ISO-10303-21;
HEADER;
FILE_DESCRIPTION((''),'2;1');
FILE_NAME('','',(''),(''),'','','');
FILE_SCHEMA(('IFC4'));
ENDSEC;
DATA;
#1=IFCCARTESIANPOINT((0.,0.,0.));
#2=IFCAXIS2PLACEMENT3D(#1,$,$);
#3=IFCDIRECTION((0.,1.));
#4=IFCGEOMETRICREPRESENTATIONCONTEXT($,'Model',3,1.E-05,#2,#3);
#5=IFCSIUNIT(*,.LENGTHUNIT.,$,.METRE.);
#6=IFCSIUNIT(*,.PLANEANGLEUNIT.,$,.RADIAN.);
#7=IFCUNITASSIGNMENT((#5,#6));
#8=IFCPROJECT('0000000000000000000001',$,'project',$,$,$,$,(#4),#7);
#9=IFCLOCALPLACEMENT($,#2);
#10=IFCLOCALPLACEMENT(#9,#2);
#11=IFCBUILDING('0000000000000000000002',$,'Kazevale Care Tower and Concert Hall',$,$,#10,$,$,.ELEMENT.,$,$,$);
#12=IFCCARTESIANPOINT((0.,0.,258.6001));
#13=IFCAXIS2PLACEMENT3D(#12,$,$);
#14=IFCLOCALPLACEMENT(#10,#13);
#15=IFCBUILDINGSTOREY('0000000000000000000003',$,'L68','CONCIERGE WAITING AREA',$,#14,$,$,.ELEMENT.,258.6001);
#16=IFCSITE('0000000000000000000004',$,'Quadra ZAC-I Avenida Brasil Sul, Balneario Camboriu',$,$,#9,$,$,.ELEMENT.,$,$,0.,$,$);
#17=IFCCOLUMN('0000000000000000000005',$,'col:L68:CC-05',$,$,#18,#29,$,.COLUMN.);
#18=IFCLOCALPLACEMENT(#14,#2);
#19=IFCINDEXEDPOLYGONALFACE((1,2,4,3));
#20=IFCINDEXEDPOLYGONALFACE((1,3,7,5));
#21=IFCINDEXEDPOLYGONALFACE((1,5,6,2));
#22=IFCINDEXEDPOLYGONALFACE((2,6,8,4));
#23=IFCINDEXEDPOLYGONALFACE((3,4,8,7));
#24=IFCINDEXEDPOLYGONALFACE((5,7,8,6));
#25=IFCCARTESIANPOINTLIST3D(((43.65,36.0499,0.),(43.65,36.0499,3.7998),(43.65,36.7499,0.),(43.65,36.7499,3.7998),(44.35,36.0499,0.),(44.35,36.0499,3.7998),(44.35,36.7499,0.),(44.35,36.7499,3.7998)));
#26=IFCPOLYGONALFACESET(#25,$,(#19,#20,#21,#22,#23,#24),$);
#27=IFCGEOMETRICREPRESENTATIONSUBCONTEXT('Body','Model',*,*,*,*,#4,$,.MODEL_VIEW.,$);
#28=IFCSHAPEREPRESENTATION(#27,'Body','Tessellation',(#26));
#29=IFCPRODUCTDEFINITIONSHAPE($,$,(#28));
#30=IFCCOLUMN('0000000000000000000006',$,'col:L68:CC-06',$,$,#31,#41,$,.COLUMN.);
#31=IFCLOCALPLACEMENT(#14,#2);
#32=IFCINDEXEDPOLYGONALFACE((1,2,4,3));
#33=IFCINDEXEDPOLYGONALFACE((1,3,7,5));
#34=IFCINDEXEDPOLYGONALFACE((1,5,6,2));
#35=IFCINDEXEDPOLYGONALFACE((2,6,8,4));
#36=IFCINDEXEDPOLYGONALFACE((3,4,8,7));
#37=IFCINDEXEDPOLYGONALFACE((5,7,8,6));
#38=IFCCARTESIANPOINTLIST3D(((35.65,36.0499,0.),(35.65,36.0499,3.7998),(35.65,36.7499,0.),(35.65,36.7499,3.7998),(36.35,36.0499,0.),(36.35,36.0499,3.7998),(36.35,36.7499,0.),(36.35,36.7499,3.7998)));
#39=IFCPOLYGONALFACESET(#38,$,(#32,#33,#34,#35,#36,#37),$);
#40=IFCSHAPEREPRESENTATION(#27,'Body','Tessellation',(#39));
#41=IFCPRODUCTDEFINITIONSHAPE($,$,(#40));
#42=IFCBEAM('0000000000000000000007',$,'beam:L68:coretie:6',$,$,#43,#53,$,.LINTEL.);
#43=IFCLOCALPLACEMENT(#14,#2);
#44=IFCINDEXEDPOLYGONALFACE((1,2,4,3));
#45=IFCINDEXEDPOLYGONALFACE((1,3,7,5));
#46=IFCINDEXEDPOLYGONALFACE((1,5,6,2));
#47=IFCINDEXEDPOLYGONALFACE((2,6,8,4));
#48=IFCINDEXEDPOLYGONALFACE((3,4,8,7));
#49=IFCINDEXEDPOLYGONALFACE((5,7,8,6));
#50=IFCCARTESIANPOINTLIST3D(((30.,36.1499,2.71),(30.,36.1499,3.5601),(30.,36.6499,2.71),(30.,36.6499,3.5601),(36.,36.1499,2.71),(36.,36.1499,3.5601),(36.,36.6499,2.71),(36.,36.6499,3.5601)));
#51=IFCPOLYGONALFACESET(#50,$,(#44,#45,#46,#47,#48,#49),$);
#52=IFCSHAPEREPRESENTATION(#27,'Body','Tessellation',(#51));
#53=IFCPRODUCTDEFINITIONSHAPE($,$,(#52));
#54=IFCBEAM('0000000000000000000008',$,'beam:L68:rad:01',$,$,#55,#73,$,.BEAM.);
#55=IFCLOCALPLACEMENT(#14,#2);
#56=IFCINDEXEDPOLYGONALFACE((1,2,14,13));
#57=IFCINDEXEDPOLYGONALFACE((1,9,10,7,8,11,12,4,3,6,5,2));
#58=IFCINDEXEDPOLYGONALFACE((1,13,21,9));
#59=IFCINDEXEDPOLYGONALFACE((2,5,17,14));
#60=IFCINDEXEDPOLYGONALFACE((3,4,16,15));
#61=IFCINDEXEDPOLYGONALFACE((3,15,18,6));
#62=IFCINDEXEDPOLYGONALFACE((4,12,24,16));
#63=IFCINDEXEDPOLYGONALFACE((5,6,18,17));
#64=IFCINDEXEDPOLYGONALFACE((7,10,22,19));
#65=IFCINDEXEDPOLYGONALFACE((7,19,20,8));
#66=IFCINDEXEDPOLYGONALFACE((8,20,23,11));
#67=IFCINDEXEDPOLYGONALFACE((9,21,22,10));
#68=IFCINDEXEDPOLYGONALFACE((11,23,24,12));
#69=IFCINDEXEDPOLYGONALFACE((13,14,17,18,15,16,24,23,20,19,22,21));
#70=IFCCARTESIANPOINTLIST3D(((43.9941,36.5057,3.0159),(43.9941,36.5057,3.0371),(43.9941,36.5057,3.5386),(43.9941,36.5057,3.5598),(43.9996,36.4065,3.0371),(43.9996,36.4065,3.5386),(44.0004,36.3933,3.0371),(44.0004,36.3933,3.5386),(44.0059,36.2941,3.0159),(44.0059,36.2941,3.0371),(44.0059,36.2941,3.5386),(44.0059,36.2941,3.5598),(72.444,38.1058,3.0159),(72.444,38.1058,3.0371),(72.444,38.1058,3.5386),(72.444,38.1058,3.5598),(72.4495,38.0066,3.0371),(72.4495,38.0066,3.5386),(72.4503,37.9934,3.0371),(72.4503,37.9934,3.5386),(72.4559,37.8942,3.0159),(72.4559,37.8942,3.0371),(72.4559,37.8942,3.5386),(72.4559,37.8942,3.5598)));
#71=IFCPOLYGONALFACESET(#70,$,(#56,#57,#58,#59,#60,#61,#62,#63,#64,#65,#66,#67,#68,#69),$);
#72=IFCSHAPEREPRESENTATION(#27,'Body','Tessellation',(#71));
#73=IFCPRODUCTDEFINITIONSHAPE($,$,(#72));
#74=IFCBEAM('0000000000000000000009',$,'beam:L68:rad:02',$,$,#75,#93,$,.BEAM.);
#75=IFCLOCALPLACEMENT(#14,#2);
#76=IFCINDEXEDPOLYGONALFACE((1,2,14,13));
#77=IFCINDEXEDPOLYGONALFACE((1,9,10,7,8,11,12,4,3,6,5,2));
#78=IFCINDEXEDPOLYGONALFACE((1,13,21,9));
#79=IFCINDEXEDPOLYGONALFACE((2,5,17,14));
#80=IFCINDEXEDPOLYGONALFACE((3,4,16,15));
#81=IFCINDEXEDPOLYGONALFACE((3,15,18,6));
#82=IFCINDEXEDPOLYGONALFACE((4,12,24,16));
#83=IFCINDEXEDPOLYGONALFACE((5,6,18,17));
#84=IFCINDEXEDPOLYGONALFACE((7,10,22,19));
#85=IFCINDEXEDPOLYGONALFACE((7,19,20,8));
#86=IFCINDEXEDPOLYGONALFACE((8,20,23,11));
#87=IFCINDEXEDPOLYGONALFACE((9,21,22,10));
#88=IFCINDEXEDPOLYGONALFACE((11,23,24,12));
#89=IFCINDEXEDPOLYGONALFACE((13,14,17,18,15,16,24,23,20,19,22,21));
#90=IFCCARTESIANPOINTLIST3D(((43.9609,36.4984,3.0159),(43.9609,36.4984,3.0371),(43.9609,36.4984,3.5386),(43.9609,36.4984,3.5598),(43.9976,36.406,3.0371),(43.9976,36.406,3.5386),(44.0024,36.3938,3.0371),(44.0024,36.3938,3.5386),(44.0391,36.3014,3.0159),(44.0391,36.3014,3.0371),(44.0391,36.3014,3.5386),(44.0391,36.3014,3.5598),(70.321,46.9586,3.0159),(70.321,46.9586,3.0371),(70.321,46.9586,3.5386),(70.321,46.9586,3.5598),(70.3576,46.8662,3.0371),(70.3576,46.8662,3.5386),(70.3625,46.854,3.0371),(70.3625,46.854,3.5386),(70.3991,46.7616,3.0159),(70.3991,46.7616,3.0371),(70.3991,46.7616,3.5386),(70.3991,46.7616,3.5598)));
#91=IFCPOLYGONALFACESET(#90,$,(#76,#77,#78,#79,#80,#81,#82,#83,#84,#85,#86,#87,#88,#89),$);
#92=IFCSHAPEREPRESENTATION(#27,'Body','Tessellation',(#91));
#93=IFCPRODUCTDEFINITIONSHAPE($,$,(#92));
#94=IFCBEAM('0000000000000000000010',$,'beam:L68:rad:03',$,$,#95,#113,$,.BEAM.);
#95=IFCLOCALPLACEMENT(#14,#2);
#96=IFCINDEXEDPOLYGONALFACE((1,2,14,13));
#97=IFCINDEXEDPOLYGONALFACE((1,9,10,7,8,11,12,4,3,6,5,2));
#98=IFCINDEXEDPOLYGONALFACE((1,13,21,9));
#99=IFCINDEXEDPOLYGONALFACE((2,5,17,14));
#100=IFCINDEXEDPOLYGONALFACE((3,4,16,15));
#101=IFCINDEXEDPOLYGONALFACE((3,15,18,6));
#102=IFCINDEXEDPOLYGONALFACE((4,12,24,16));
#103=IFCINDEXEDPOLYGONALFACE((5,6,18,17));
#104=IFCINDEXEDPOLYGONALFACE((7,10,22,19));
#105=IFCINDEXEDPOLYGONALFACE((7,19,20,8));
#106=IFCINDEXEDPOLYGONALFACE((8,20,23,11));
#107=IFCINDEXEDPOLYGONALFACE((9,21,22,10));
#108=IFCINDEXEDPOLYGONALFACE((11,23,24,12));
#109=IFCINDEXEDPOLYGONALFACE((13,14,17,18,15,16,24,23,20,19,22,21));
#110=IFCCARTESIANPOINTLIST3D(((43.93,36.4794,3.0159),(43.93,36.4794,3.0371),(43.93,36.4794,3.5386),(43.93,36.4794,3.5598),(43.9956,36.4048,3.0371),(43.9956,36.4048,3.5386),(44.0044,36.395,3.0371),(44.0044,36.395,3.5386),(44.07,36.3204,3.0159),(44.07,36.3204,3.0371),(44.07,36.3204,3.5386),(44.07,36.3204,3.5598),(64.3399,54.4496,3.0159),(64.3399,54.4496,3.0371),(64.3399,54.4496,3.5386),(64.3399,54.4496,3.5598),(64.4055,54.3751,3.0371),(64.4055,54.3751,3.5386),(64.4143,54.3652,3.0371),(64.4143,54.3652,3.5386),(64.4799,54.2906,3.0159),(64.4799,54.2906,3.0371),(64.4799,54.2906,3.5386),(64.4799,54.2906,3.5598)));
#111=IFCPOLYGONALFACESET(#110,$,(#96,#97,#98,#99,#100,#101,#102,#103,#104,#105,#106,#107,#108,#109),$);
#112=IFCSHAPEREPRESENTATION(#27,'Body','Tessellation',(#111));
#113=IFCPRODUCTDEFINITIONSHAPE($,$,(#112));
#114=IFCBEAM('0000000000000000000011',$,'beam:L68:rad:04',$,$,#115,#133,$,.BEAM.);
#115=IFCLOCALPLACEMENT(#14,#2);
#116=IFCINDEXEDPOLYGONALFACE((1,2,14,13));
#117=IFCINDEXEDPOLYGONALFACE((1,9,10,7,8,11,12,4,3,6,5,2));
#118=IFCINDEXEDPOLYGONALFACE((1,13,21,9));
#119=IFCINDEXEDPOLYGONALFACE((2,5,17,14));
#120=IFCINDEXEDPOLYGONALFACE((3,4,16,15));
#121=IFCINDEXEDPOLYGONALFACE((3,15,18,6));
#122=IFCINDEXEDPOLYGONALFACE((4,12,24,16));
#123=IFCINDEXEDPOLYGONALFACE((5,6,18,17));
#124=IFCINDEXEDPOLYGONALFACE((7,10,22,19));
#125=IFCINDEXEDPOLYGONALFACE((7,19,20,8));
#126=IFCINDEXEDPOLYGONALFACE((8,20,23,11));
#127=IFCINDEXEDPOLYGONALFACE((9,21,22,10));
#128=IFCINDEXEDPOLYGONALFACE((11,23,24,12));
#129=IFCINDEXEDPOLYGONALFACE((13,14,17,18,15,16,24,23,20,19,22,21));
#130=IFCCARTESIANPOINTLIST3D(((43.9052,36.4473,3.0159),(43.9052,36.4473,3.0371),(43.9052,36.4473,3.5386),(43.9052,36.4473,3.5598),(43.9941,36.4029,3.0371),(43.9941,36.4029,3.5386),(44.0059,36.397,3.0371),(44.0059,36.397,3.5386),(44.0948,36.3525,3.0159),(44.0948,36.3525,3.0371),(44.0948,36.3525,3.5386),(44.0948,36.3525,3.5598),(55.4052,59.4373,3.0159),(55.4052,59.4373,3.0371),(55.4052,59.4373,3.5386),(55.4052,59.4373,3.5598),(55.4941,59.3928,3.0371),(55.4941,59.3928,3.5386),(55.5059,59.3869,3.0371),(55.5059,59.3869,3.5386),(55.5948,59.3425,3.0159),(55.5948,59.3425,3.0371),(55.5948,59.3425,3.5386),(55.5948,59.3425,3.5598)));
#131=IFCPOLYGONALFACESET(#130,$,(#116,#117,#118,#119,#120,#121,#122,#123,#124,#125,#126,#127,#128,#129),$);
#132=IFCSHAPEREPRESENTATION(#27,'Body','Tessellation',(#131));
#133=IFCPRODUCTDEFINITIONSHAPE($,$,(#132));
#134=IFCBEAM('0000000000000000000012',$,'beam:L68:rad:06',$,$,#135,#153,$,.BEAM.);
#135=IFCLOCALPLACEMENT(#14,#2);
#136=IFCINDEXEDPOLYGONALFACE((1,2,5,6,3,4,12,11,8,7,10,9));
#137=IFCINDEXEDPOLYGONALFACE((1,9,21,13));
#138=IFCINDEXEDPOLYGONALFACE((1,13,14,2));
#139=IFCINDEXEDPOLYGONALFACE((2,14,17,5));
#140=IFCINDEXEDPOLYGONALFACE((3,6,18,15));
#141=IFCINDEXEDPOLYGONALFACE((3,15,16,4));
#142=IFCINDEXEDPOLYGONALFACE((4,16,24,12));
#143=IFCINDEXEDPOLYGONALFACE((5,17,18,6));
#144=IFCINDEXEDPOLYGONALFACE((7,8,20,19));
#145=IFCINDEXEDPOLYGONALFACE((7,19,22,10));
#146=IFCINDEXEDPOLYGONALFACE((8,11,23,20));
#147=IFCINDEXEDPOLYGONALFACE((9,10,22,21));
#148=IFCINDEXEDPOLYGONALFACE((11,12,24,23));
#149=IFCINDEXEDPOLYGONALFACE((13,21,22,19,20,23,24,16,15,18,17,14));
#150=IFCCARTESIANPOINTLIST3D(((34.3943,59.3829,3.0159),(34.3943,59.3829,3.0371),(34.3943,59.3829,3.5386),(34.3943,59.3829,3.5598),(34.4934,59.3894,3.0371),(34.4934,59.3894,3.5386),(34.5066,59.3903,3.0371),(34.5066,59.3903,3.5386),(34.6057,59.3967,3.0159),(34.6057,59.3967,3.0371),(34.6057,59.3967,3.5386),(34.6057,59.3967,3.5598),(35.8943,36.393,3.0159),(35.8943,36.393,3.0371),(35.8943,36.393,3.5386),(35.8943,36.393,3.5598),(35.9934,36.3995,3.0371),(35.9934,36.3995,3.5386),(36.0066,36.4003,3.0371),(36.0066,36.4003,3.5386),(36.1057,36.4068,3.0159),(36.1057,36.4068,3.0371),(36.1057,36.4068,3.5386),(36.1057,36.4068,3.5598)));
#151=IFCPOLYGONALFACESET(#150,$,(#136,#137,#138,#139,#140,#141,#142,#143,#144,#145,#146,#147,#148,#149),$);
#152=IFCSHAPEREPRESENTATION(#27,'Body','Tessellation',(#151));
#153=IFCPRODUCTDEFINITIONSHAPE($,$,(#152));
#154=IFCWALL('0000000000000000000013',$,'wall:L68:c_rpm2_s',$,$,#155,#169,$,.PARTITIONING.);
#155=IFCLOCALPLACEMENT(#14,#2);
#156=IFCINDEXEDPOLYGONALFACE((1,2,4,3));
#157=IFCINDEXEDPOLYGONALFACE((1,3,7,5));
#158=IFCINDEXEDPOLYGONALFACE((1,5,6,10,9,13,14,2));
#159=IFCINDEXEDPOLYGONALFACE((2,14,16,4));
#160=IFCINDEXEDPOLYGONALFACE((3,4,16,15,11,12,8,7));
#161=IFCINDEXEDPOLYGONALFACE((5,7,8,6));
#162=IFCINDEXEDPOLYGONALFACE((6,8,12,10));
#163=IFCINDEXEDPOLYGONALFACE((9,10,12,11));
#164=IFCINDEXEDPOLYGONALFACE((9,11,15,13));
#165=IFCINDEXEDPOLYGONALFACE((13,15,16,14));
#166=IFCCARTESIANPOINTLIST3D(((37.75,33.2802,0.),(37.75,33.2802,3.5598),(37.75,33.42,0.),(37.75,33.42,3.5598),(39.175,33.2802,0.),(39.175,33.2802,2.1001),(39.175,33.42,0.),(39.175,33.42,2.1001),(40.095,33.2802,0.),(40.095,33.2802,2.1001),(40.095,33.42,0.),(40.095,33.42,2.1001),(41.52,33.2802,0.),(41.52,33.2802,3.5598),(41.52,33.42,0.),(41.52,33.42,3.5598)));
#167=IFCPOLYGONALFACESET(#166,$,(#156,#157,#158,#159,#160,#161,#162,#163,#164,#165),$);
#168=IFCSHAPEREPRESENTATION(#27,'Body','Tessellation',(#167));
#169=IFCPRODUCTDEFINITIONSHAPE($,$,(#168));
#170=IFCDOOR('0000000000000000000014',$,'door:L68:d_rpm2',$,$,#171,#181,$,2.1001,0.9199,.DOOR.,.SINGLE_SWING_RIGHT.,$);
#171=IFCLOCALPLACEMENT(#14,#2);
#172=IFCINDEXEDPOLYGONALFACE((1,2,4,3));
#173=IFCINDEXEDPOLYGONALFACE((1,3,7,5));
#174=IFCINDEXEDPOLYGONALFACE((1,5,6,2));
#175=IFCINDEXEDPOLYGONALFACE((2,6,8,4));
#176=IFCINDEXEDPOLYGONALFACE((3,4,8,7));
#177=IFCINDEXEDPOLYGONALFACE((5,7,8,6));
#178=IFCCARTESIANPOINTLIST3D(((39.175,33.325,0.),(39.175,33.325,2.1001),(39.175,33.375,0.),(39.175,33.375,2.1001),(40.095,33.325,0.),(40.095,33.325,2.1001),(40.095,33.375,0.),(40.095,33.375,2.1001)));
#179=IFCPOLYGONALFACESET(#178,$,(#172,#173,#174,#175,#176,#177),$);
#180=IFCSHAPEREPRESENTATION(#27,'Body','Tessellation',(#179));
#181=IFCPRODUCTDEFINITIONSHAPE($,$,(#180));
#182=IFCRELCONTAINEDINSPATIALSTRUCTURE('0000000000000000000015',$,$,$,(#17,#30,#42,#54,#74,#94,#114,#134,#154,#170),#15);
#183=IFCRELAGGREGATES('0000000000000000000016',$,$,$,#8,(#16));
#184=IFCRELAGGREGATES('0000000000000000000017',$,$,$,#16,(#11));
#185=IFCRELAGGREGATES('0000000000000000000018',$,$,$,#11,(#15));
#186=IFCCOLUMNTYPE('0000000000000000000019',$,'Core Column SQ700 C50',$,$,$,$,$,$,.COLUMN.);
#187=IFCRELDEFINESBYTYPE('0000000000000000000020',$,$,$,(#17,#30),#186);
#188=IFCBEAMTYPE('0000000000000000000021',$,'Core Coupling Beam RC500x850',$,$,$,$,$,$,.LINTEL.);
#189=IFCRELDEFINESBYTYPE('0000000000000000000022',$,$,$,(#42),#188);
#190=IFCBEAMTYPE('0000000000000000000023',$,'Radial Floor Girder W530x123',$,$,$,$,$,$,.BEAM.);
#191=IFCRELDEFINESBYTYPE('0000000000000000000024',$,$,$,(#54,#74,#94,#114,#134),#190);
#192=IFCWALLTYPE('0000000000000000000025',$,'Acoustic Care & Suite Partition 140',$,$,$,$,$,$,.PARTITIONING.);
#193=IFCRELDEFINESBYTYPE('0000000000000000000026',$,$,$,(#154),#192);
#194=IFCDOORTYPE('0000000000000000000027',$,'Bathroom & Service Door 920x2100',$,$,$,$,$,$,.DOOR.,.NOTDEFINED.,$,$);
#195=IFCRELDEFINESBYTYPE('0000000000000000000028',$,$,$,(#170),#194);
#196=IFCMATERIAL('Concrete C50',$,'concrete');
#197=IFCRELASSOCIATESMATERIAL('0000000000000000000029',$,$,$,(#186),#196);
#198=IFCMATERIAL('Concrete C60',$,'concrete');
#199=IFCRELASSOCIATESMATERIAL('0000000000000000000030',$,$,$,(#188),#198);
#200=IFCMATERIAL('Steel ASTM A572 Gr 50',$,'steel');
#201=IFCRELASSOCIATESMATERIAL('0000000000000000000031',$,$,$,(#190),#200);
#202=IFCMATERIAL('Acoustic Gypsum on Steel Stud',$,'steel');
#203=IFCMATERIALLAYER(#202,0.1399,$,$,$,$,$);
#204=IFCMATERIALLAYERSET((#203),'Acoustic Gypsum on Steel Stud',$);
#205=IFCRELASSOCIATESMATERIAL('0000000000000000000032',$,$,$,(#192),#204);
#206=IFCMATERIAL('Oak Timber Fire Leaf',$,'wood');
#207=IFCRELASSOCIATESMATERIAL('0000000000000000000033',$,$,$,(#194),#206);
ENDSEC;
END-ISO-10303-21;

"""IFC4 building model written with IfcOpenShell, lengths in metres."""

from ifc_helpers import new_model, si_unit, direction, frame, frame_2d, origin, origin_2d, place, context, subcontext, project, spatial, rectangle, i_section, extrude, material, layer, layer_set, material_profile, profile_set, type_object, element, fill, save


model = new_model("IFC4")

# Units and contexts
model_context = context("Model", 3, precision=1e-05, world=origin(), true_north=direction((0.0, 1.0)))
body_context = subcontext(model_context, "Body", "Model", "MODEL_VIEW")
ifc_project = project(units=[si_unit("LENGTHUNIT", "METRE"), si_unit("PLANEANGLEUNIT", "RADIAN")], contexts=[model_context])

# Site, building, storey
site_placement = place(None, origin())
site = spatial("IfcSite", under=ifc_project, at=site_placement, Name="Quadra ZAC-I Avenida Brasil Sul, Balneario Camboriu", CompositionType="ELEMENT", RefElevation=0.0)
building_placement = place(site_placement, origin())
building = spatial("IfcBuilding", under=site, at=building_placement, Name="Kazevale Care Tower and Concert Hall", CompositionType="ELEMENT")
storey_placement = place(building_placement, frame((0.0, 0.0, 258.6001)))
storey = spatial("IfcBuildingStorey", under=building, at=storey_placement, Name="L68", Description="CONCIERGE WAITING AREA", CompositionType="ELEMENT", Elevation=258.6001)

# Columns
ifc_material_1 = material(Name="Concrete C50", Category="concrete")
ifc_material_profile_1 = material_profile(ifc_material_1, rectangle(XDim=0.7, YDim=0.7, at=origin_2d()), Name="RC-SQ700")
ifc_profile_set_1 = profile_set([ifc_material_profile_1], Name="Concrete C50")
column_type = type_object("IfcColumnType", Name="Core Column SQ700 C50", PredefinedType="COLUMN", material=ifc_profile_set_1)
for number, where, z_axis, x_axis, name in (
    (1, (44.0, 36.3999, 0.0), (0.0, 0.0, 1.0), (1.0, 0.0, 0.0), "col:L68:CC-05"),
    (2, (36.0, 36.3999, 0.0), (0.0, 0.0, 1.0), (1.0, 0.0, 0.0), "col:L68:CC-06"),
):
    element("IfcColumn", number, at=place(storey_placement, frame(where, z_axis=z_axis, x_axis=x_axis)), inside=storey, type_object=column_type, Name=name, PredefinedType="COLUMN", context=body_context, shape_type="SweptSolid", body=[
        extrude(rectangle(XDim=0.7, YDim=0.7, at=origin_2d()), origin(), (0.0, 0.0, 1.0), 3.7998),
    ])

# Beams
ifc_material_2 = material(Name="Concrete C60", Category="concrete")
ifc_material_profile_2 = material_profile(ifc_material_2, rectangle(XDim=0.5, YDim=0.8501, at=origin_2d()), Name="RC-B500x850")
ifc_profile_set_2 = profile_set([ifc_material_profile_2], Name="Concrete C60")
beam_type_1 = type_object("IfcBeamType", Name="Core Coupling Beam RC500x850", PredefinedType="LINTEL", material=ifc_profile_set_2)
beam_1_placement = place(storey_placement, frame((36.0, 36.3999, 3.135), z_axis=(-1.0, 0.0, 0.0), x_axis=(0.0, -1.0, 0.0)))
element("IfcBeam", 3, at=beam_1_placement, inside=storey, type_object=beam_type_1, Name="beam:L68:coretie:6", PredefinedType="LINTEL", context=body_context, shape_type="SweptSolid", body=[
    extrude(rectangle(XDim=0.5, YDim=0.8501, at=origin_2d()), origin(), (0.0, 0.0, 1.0), 6.0),
])
ifc_material_3 = material(Name="Steel ASTM A572 Gr 50", Category="steel")
ifc_material_profile_3 = material_profile(ifc_material_3, i_section(OverallWidth=0.2119, OverallDepth=0.5439, WebThickness=0.0132, FlangeThickness=0.0212, at=origin_2d()), Name="W530x123")
ifc_profile_set_3 = profile_set([ifc_material_profile_3], Name="Steel ASTM A572 Gr 50")
beam_type_2 = type_object("IfcBeamType", Name="Radial Floor Girder W530x123", PredefinedType="BEAM", material=ifc_profile_set_3)
beam_2_placement = place(storey_placement, frame((44.0, 36.3999, 3.2878), z_axis=(0.998422, 0.056154, 0.0), x_axis=(-0.056154, 0.998422, 0.0)))
element("IfcBeam", 4, at=beam_2_placement, inside=storey, type_object=beam_type_2, Name="beam:L68:rad:01", PredefinedType="BEAM", context=body_context, shape_type="SweptSolid", body=[
    extrude(i_section(OverallWidth=0.2119, OverallDepth=0.5439, WebThickness=0.0132, FlangeThickness=0.0212, at=origin_2d()), origin(), (0.0, 0.0, 1.0), 28.4949),
])
beam_3_placement = place(storey_placement, frame((44.0, 36.3999, 3.2878), z_axis=(0.929493, 0.368841, 0.0), x_axis=(-0.368841, 0.929493, 0.0)))
element("IfcBeam", 5, at=beam_3_placement, inside=storey, type_object=beam_type_2, Name="beam:L68:rad:02", PredefinedType="BEAM", context=body_context, shape_type="SweptSolid", body=[
    extrude(i_section(OverallWidth=0.2119, OverallDepth=0.5439, WebThickness=0.0132, FlangeThickness=0.0212, at=origin_2d()), origin(), (0.0, 0.0, 1.0), 28.3596),
])
beam_4_placement = place(storey_placement, frame((44.0, 36.3999, 3.2878), z_axis=(0.75054, 0.660825, 0.0), x_axis=(-0.660825, 0.75054, 0.0)))
element("IfcBeam", 6, at=beam_4_placement, inside=storey, type_object=beam_type_2, Name="beam:L68:rad:03", PredefinedType="BEAM", context=body_context, shape_type="SweptSolid", body=[
    extrude(i_section(OverallWidth=0.2119, OverallDepth=0.5439, WebThickness=0.0132, FlangeThickness=0.0212, at=origin_2d()), origin(), (0.0, 0.0, 1.0), 27.1936),
])
beam_5_placement = place(storey_placement, frame((44.0, 36.3999, 3.2878), z_axis=(0.447369, 0.894349, 0.0), x_axis=(-0.894349, 0.447369, 0.0)))
element("IfcBeam", 7, at=beam_5_placement, inside=storey, type_object=beam_type_2, Name="beam:L68:rad:04", PredefinedType="BEAM", context=body_context, shape_type="SweptSolid", body=[
    extrude(i_section(OverallWidth=0.2119, OverallDepth=0.5439, WebThickness=0.0132, FlangeThickness=0.0212, at=origin_2d()), origin(), (0.0, 0.0, 1.0), 25.7058),
])
beam_6_placement = place(storey_placement, frame((36.0, 36.3999, 3.2878), z_axis=(-0.065107, 0.997878, 0.0), x_axis=(-0.997878, -0.065107, 0.0)))
element("IfcBeam", 8, at=beam_6_placement, inside=storey, type_object=beam_type_2, Name="beam:L68:rad:06", PredefinedType="BEAM", context=body_context, shape_type="SweptSolid", body=[
    extrude(i_section(OverallWidth=0.2119, OverallDepth=0.5439, WebThickness=0.0132, FlangeThickness=0.0212, at=origin_2d()), origin(), (0.0, 0.0, 1.0), 23.0388),
])

# Wall, opening, door
ifc_material_4 = material(Name="Acoustic Gypsum on Steel Stud", Category="steel")
ifc_layer_1 = layer(ifc_material_4, 0.1399)
ifc_layer_set_1 = layer_set([ifc_layer_1], Name="Acoustic Gypsum on Steel Stud")
wall_type_1 = type_object("IfcWallType", Name="Acoustic Care & Suite Partition 140", PredefinedType="PARTITIONING", material=ifc_layer_set_1)
wall_1_placement = place(storey_placement, frame((37.75, 33.3501, 0.0), z_axis=(0.0, 0.0, 1.0), x_axis=(1.0, 0.0, 0.0)))
wall_1 = element("IfcWall", 9, at=wall_1_placement, inside=storey, type_object=wall_type_1, Name="wall:L68:c_rpm2_s", PredefinedType="PARTITIONING", context=body_context, shape_type="SweptSolid", body=[
    extrude(rectangle(XDim=3.77, YDim=0.1399, at=frame_2d((1.885, 0.0))), origin(), (0.0, 0.0, 1.0), 3.5598),
])
opening_1_placement = place(wall_1_placement, frame((1.425, 0.0, 0.0)))
opening_1 = element("IfcOpeningElement", 10, at=opening_1_placement, cuts=wall_1, PredefinedType="OPENING", context=body_context, shape_type="SweptSolid", body=[
    extrude(rectangle(XDim=0.9199, YDim=2.1001, at=frame_2d((0.46, 1.05))), frame((0.0, 0.0798, 0.0), z_axis=(0.0, -1.0, 0.0), x_axis=(1.0, 0.0, 0.0)), (0.0, 0.0, 1.0), 0.1599),
])
ifc_material_5 = material(Name="Oak Timber Fire Leaf", Category="wood")
door_type_1 = type_object("IfcDoorType", Name="Bathroom & Service Door 920x2100", OperationType="NOTDEFINED", PredefinedType="DOOR", material=ifc_material_5)
door_1_placement = place(opening_1_placement, origin())
door_1 = element("IfcDoor", 11, at=door_1_placement, inside=storey, type_object=door_type_1, Name="door:L68:d_rpm2", OperationType="SINGLE_SWING_RIGHT", OverallHeight=2.1001, OverallWidth=0.9199, PredefinedType="DOOR", context=body_context, shape_type="SweptSolid", body=[
    extrude(rectangle(XDim=0.9199, YDim=2.1001, at=frame_2d((0.46, 1.05))), frame((0.0, 0.0249, 0.0), z_axis=(0.0, -1.0, 0.0), x_axis=(1.0, 0.0, 0.0)), (0.0, 0.0, 1.0), 0.05),
])
fill(opening_1, door_1)

save(model, "model.ifc")
